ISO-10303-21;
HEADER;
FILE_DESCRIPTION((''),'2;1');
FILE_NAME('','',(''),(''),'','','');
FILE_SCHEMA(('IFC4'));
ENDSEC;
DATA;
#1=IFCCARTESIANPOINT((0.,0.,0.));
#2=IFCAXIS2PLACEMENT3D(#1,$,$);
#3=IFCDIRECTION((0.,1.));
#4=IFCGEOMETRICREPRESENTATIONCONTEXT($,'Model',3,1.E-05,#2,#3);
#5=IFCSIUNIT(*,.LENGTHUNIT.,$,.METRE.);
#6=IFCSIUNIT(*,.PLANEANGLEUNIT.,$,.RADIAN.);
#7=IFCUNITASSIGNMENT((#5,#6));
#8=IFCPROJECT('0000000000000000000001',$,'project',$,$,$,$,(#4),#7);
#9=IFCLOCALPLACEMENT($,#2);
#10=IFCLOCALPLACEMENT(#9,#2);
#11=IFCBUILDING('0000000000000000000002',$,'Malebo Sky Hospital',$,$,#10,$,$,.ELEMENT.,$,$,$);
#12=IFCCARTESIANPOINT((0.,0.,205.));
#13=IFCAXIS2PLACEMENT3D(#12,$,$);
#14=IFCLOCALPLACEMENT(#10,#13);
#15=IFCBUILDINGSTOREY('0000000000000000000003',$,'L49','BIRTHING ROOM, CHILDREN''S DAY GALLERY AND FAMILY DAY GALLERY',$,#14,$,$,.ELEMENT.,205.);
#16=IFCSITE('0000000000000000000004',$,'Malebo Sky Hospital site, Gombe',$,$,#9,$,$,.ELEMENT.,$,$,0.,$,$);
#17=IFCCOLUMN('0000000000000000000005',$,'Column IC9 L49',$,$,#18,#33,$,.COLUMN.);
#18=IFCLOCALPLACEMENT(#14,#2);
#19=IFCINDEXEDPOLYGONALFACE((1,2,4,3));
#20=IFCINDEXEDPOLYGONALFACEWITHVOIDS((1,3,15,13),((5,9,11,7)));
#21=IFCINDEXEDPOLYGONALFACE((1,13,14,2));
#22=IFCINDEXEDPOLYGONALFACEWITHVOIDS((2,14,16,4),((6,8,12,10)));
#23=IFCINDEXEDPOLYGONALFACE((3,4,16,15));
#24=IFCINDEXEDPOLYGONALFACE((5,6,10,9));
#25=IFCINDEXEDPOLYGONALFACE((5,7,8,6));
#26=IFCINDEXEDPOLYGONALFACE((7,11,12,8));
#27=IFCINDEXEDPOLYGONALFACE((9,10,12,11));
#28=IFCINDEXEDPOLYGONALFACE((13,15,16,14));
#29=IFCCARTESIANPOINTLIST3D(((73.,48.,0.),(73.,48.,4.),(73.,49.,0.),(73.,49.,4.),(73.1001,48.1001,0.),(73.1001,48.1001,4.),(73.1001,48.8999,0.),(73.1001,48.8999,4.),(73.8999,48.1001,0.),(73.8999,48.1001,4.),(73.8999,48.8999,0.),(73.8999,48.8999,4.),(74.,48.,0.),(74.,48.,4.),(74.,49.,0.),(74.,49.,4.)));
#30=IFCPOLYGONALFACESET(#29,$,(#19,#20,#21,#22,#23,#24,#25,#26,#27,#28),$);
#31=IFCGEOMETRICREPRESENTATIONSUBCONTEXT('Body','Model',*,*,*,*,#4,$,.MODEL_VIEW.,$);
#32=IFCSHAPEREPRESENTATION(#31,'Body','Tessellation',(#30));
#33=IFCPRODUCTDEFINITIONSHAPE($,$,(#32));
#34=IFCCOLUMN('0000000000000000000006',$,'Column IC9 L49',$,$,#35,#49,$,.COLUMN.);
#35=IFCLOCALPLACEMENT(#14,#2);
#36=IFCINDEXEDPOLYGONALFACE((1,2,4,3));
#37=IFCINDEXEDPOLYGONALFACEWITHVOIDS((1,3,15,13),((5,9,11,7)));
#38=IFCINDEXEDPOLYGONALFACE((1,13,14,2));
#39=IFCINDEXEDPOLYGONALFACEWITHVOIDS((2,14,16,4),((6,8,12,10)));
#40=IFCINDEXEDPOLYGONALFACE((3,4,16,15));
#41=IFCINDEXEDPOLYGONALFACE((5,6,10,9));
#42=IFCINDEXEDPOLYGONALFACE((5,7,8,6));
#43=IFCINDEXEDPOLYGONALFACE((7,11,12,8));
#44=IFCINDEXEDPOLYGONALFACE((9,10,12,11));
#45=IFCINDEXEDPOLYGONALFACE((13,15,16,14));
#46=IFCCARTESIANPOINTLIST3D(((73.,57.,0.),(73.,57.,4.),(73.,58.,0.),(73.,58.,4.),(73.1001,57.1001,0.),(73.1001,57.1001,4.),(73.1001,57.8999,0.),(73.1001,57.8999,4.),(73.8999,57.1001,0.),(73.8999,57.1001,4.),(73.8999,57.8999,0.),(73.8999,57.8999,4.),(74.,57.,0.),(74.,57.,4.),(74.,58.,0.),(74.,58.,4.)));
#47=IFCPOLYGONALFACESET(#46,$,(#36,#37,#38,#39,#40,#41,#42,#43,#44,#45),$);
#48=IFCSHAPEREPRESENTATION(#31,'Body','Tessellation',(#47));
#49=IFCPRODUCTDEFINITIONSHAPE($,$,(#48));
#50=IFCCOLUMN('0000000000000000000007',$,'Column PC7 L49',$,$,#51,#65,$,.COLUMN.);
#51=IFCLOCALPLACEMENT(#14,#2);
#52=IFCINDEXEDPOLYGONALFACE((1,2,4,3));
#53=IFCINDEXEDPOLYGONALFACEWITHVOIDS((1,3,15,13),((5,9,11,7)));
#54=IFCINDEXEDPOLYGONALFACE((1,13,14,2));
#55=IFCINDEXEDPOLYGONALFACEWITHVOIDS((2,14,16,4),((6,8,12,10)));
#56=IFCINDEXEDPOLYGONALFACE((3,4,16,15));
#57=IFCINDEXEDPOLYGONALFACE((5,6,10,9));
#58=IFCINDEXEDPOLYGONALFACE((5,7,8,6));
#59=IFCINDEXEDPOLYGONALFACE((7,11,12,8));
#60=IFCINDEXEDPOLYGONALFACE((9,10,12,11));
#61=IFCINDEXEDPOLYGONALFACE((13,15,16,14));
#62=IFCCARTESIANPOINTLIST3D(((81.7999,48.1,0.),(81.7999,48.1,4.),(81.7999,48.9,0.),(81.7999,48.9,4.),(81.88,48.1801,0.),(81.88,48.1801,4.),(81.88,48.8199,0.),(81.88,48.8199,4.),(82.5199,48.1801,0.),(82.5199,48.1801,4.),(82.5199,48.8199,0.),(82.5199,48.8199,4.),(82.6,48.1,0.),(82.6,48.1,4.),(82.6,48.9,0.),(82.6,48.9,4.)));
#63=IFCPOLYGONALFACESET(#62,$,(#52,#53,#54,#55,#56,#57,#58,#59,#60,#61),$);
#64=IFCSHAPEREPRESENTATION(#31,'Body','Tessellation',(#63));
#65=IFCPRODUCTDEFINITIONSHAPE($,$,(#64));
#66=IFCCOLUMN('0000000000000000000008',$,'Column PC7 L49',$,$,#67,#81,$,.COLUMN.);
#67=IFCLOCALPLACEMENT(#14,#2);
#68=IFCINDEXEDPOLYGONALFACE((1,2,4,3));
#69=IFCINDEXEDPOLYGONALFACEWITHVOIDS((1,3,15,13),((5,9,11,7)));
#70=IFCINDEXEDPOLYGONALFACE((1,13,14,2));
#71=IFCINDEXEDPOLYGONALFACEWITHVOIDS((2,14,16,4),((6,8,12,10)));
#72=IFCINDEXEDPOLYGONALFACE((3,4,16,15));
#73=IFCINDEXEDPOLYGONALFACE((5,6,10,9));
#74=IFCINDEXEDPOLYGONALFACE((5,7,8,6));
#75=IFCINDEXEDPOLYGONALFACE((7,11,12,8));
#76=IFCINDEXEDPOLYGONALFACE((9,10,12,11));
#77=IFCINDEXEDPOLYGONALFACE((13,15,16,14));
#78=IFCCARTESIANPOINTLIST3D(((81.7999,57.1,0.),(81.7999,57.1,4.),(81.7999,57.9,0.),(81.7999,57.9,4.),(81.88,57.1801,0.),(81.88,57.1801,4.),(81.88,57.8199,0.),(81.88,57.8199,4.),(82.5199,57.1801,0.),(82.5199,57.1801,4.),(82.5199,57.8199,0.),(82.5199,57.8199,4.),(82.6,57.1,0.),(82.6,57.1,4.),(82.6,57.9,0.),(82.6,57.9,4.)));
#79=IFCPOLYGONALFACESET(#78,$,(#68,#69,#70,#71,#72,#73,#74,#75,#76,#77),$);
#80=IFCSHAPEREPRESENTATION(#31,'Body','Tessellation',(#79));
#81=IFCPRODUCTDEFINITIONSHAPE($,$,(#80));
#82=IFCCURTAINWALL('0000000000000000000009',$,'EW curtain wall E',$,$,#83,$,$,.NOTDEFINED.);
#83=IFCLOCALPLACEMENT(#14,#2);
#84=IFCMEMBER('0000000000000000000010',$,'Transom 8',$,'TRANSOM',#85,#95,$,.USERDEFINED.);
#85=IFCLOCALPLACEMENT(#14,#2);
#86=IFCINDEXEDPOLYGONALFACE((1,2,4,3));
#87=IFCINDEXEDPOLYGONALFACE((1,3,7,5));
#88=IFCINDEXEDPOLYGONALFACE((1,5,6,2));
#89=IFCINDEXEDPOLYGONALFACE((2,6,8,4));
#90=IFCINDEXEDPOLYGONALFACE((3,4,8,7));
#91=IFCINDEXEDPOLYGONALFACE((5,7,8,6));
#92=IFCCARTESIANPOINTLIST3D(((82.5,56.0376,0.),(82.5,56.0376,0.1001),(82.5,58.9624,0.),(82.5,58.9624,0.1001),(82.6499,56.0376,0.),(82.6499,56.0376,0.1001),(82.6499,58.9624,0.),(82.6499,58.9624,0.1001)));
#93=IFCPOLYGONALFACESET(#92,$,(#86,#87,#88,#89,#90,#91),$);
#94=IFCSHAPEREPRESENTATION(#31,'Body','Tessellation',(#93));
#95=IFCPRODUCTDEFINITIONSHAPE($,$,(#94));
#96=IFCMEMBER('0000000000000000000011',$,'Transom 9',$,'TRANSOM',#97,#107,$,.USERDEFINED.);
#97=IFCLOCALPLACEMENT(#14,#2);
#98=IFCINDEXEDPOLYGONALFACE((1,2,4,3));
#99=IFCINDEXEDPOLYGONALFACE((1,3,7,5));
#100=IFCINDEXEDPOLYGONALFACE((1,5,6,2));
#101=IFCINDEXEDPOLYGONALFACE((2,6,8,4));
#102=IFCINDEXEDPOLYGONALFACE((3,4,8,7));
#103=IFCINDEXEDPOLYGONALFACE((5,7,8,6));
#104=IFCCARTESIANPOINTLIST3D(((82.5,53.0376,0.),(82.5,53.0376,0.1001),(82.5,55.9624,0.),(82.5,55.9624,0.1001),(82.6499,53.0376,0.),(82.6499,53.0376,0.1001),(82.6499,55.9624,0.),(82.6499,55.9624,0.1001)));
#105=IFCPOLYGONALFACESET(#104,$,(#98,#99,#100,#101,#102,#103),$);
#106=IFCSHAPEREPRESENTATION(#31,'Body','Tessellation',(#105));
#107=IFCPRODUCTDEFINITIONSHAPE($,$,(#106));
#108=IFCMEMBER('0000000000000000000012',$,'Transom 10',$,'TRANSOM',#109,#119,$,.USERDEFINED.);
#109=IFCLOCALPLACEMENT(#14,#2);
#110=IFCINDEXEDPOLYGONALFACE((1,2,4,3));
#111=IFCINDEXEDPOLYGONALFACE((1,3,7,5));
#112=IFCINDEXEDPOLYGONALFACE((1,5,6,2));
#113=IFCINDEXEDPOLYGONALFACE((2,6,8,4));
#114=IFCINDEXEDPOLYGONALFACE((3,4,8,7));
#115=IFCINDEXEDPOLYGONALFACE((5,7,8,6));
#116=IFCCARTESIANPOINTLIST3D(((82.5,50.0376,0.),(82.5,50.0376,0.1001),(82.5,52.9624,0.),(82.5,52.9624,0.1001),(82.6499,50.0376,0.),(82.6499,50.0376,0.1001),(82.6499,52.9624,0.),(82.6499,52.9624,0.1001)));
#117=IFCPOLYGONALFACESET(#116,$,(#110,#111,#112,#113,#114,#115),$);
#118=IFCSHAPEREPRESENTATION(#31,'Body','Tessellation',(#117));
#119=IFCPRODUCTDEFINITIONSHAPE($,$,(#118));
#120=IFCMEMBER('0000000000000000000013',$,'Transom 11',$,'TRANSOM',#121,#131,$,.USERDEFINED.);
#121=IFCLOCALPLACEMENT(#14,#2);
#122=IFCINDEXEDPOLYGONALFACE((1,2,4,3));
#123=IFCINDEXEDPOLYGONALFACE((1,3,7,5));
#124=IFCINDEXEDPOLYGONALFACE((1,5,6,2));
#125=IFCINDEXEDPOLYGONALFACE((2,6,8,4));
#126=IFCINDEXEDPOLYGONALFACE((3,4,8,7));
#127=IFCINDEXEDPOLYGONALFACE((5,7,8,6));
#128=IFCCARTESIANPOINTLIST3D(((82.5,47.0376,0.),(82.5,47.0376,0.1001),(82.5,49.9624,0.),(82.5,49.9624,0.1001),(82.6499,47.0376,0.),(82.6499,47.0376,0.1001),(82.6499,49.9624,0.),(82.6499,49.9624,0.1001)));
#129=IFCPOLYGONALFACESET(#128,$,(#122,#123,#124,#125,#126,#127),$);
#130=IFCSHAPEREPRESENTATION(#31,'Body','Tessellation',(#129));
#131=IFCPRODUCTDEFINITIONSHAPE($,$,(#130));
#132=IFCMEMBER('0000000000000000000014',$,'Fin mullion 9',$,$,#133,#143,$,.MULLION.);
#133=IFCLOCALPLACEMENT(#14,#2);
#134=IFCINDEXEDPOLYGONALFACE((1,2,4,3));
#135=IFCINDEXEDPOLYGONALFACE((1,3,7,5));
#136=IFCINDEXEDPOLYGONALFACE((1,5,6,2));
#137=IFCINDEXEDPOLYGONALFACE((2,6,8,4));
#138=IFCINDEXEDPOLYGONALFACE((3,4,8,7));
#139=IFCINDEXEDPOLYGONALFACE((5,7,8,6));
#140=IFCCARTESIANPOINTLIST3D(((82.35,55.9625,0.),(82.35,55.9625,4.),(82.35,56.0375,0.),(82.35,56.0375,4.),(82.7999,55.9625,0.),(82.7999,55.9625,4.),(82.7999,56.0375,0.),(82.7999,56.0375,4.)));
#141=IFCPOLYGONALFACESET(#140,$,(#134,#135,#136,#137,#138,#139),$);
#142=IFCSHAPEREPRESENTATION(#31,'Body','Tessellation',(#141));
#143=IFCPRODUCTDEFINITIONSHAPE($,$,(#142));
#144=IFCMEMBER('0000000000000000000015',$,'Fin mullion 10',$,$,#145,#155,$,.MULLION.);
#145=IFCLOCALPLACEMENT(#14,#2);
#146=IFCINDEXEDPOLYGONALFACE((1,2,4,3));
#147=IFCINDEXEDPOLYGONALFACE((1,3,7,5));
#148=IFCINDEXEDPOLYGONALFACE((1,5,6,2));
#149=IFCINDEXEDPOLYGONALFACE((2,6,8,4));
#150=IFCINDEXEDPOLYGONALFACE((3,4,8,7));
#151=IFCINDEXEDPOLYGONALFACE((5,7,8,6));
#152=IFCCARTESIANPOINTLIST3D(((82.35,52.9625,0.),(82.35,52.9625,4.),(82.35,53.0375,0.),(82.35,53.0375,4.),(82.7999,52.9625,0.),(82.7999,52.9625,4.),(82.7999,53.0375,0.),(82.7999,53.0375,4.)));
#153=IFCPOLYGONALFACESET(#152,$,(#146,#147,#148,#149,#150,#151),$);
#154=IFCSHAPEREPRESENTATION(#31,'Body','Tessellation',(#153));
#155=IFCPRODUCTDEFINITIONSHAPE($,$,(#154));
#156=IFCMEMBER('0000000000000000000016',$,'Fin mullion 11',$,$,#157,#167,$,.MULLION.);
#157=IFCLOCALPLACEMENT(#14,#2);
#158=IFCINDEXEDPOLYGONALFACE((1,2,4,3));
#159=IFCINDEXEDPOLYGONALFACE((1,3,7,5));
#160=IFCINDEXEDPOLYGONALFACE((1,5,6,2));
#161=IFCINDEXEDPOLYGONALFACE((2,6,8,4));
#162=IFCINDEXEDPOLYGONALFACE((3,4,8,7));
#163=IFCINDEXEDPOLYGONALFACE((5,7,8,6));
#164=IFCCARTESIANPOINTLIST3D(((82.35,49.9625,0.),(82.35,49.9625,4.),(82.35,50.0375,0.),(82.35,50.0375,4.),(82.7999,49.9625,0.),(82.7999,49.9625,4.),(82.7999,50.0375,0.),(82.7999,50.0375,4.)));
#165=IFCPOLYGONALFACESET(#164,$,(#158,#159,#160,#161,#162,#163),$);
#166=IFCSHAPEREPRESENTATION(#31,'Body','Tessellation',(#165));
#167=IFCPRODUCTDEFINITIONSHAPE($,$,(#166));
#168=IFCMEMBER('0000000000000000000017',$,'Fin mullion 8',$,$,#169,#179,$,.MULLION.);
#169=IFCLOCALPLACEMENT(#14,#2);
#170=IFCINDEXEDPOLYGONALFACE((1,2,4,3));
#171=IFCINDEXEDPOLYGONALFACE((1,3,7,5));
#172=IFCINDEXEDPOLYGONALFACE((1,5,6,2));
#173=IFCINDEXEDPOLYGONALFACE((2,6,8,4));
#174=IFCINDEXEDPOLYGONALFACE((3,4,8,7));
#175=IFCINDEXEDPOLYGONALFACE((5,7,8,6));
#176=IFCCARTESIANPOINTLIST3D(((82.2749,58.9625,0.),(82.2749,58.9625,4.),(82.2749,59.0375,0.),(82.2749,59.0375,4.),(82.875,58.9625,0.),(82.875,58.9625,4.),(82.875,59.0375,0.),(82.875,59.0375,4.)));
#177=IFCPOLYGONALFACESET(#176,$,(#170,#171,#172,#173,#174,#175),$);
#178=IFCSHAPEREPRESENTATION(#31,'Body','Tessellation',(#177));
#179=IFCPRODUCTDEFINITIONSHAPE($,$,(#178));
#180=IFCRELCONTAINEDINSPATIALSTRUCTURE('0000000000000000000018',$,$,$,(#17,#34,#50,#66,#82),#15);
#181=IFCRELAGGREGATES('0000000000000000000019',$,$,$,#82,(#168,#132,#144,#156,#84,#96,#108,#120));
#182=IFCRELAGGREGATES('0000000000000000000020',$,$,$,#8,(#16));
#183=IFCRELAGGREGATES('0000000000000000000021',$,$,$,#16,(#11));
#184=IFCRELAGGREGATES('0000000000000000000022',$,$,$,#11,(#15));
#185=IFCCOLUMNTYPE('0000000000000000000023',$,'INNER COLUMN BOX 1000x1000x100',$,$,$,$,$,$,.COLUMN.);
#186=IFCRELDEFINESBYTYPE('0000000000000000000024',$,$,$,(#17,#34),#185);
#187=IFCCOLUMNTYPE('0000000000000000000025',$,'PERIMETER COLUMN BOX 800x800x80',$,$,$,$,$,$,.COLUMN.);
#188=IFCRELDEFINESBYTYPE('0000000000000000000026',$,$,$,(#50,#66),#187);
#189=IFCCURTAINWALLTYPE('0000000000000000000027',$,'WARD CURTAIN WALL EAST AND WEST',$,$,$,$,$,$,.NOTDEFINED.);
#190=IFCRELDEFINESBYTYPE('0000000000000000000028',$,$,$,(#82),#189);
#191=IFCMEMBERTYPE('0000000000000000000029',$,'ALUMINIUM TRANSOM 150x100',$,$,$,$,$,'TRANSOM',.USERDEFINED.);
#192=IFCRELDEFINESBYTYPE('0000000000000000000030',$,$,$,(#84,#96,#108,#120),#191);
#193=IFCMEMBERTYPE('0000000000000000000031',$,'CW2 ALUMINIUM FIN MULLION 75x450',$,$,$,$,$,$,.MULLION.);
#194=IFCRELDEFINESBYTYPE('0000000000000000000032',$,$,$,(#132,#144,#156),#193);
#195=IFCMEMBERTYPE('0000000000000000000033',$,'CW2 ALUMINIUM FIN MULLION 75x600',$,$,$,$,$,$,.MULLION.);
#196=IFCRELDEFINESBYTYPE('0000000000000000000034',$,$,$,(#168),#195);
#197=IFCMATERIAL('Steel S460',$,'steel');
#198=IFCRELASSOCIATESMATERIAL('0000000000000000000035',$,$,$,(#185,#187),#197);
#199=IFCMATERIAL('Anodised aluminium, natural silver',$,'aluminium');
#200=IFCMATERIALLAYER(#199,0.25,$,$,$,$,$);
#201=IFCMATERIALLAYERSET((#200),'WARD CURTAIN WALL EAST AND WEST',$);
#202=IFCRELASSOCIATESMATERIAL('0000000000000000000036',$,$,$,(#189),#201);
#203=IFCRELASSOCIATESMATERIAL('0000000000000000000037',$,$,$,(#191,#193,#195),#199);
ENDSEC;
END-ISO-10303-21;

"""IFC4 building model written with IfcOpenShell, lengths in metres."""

from ifc_helpers import new_model, si_unit, direction, frame, origin, origin_2d, place, context, subcontext, project, spatial, rectangle, hollow_rectangle, extrude, material, layer, layer_set, material_profile, profile_set, type_object, element, aggregate, save


model = new_model("IFC4")

# Units and contexts
model_context = context("Model", 3, precision=1e-05, world=origin(), true_north=direction((0.0, 1.0)))
body_context = subcontext(model_context, "Body", "Model", "MODEL_VIEW")
ifc_project = project(units=[si_unit("LENGTHUNIT", "METRE"), si_unit("PLANEANGLEUNIT", "RADIAN")], contexts=[model_context])

# Site, building, storey
site_placement = place(None, origin())
site = spatial("IfcSite", under=ifc_project, at=site_placement, Name="Malebo Sky Hospital site, Gombe", CompositionType="ELEMENT", RefElevation=0.0)
building_placement = place(site_placement, origin())
building = spatial("IfcBuilding", under=site, at=building_placement, Name="Malebo Sky Hospital", CompositionType="ELEMENT")
storey_placement = place(building_placement, frame((0.0, 0.0, 205.0)))
storey = spatial("IfcBuildingStorey", under=building, at=storey_placement, Name="L49", Description="BIRTHING ROOM, CHILDREN'S DAY GALLERY AND FAMILY DAY GALLERY", CompositionType="ELEMENT", Elevation=205.0)

# Columns
ifc_material_1 = material(Name="Steel S460", Category="steel")
ifc_material_profile_1 = material_profile(ifc_material_1, hollow_rectangle(XDim=1.0, YDim=1.0, WallThickness=0.1001, at=origin_2d()), Name="BOX 1000x1000x100")
ifc_profile_set_1 = profile_set([ifc_material_profile_1], Name="Steel S460")
column_type_1 = type_object("IfcColumnType", Name="INNER COLUMN BOX 1000x1000x100", PredefinedType="COLUMN", material=ifc_profile_set_1)
for number, where, z_axis, x_axis, name in (
    (1, (73.5, 48.5, 0.0), (0.0, 0.0, 1.0), (1.0, 0.0, 0.0), "Column IC9 L49"),
    (2, (73.5, 57.5, 0.0), (0.0, 0.0, 1.0), (1.0, 0.0, 0.0), "Column IC9 L49"),
):
    element("IfcColumn", number, at=place(storey_placement, frame(where, z_axis=z_axis, x_axis=x_axis)), inside=storey, type_object=column_type_1, Name=name, PredefinedType="COLUMN", context=body_context, shape_type="SweptSolid", body=[
        extrude(hollow_rectangle(XDim=1.0, YDim=1.0, WallThickness=0.1001, at=origin_2d()), origin(), (0.0, 0.0, 1.0), 4.0),
    ])
ifc_material_profile_2 = material_profile(ifc_material_1, hollow_rectangle(XDim=0.8, YDim=0.8, WallThickness=0.0801, at=origin_2d()), Name="BOX 800x800x80")
ifc_profile_set_2 = profile_set([ifc_material_profile_2], Name="Steel S460")
column_type_2 = type_object("IfcColumnType", Name="PERIMETER COLUMN BOX 800x800x80", PredefinedType="COLUMN", material=ifc_profile_set_2)
for number, where, z_axis, x_axis, name in (
    (3, (82.2, 48.5, 0.0), (0.0, 0.0, 1.0), (1.0, 0.0, 0.0), "Column PC7 L49"),
    (4, (82.2, 57.5, 0.0), (0.0, 0.0, 1.0), (1.0, 0.0, 0.0), "Column PC7 L49"),
):
    element("IfcColumn", number, at=place(storey_placement, frame(where, z_axis=z_axis, x_axis=x_axis)), inside=storey, type_object=column_type_2, Name=name, PredefinedType="COLUMN", context=body_context, shape_type="SweptSolid", body=[
        extrude(hollow_rectangle(XDim=0.8, YDim=0.8, WallThickness=0.0801, at=origin_2d()), origin(), (0.0, 0.0, 1.0), 4.0),
    ])

# Curtain wall, members
ifc_material_2 = material(Name="Anodised aluminium, natural silver", Category="aluminium")
ifc_layer_1 = layer(ifc_material_2, 0.25)
ifc_layer_set_1 = layer_set([ifc_layer_1], Name="WARD CURTAIN WALL EAST AND WEST")
curtain_wall_type = type_object("IfcCurtainWallType", Name="WARD CURTAIN WALL EAST AND WEST", PredefinedType="NOTDEFINED", material=ifc_layer_set_1)
curtain_wall_placement = place(storey_placement, origin())
curtain_wall = element("IfcCurtainWall", 5, at=curtain_wall_placement, inside=storey, type_object=curtain_wall_type, Name="EW curtain wall E", PredefinedType="NOTDEFINED")
ifc_material_profile_3 = material_profile(ifc_material_2, rectangle(XDim=0.1499, YDim=0.1001, at=origin_2d()), Name="ALUMINIUM TRANSOM 150x100")
ifc_profile_set_3 = profile_set([ifc_material_profile_3], Name="Anodised aluminium, natural silver")
member_type_1 = type_object("IfcMemberType", Name="ALUMINIUM TRANSOM 150x100", ElementType="TRANSOM", PredefinedType="USERDEFINED", material=ifc_profile_set_3)
member_1_placement = place(storey_placement, frame((82.575, 58.9624, 0.05), z_axis=(0.0, -1.0, 0.0), x_axis=(1.0, 0.0, 0.0)))
member_1 = element("IfcMember", 6, at=member_1_placement, type_object=member_type_1, Name="Transom 8", ObjectType="TRANSOM", PredefinedType="USERDEFINED", context=body_context, shape_type="SweptSolid", body=[
    extrude(rectangle(XDim=0.1499, YDim=0.1001, at=origin_2d()), origin(), (0.0, 0.0, 1.0), 2.9248),
])
member_2_placement = place(storey_placement, frame((82.575, 55.9624, 0.05), z_axis=(0.0, -1.0, 0.0), x_axis=(1.0, 0.0, 0.0)))
member_2 = element("IfcMember", 7, at=member_2_placement, type_object=member_type_1, Name="Transom 9", ObjectType="TRANSOM", PredefinedType="USERDEFINED", context=body_context, shape_type="SweptSolid", body=[
    extrude(rectangle(XDim=0.1499, YDim=0.1001, at=origin_2d()), origin(), (0.0, 0.0, 1.0), 2.9248),
])
member_3_placement = place(storey_placement, frame((82.575, 52.9624, 0.05), z_axis=(0.0, -1.0, 0.0), x_axis=(1.0, 0.0, 0.0)))
member_3 = element("IfcMember", 8, at=member_3_placement, type_object=member_type_1, Name="Transom 10", ObjectType="TRANSOM", PredefinedType="USERDEFINED", context=body_context, shape_type="SweptSolid", body=[
    extrude(rectangle(XDim=0.1499, YDim=0.1001, at=origin_2d()), origin(), (0.0, 0.0, 1.0), 2.9248),
])
member_4_placement = place(storey_placement, frame((82.575, 49.9624, 0.05), z_axis=(0.0, -1.0, 0.0), x_axis=(1.0, 0.0, 0.0)))
member_4 = element("IfcMember", 9, at=member_4_placement, type_object=member_type_1, Name="Transom 11", ObjectType="TRANSOM", PredefinedType="USERDEFINED", context=body_context, shape_type="SweptSolid", body=[
    extrude(rectangle(XDim=0.1499, YDim=0.1001, at=origin_2d()), origin(), (0.0, 0.0, 1.0), 2.9248),
])
ifc_material_profile_4 = material_profile(ifc_material_2, rectangle(XDim=0.075, YDim=0.45, at=origin_2d()), Name="CW2 ALUMINIUM FIN MULLION 75x450")
ifc_profile_set_4 = profile_set([ifc_material_profile_4], Name="Anodised aluminium, natural silver")
member_type_2 = type_object("IfcMemberType", Name="CW2 ALUMINIUM FIN MULLION 75x450", PredefinedType="MULLION", material=ifc_profile_set_4)
member_5_placement = place(storey_placement, frame((82.575, 56.0, 0.0), z_axis=(0.0, 0.0, 1.0), x_axis=(0.0, -1.0, 0.0)))
member_5 = element("IfcMember", 10, at=member_5_placement, type_object=member_type_2, Name="Fin mullion 9", PredefinedType="MULLION", context=body_context, shape_type="SweptSolid", body=[
    extrude(rectangle(XDim=0.075, YDim=0.45, at=origin_2d()), origin(), (0.0, 0.0, 1.0), 4.0),
])
member_6_placement = place(storey_placement, frame((82.575, 53.0, 0.0), z_axis=(0.0, 0.0, 1.0), x_axis=(0.0, -1.0, 0.0)))
member_6 = element("IfcMember", 11, at=member_6_placement, type_object=member_type_2, Name="Fin mullion 10", PredefinedType="MULLION", context=body_context, shape_type="SweptSolid", body=[
    extrude(rectangle(XDim=0.075, YDim=0.45, at=origin_2d()), origin(), (0.0, 0.0, 1.0), 4.0),
])
member_7_placement = place(storey_placement, frame((82.575, 50.0, 0.0), z_axis=(0.0, 0.0, 1.0), x_axis=(0.0, -1.0, 0.0)))
member_7 = element("IfcMember", 12, at=member_7_placement, type_object=member_type_2, Name="Fin mullion 11", PredefinedType="MULLION", context=body_context, shape_type="SweptSolid", body=[
    extrude(rectangle(XDim=0.075, YDim=0.45, at=origin_2d()), origin(), (0.0, 0.0, 1.0), 4.0),
])
ifc_material_profile_5 = material_profile(ifc_material_2, rectangle(XDim=0.075, YDim=0.6001, at=origin_2d()), Name="CW2 ALUMINIUM FIN MULLION 75x600")
ifc_profile_set_5 = profile_set([ifc_material_profile_5], Name="Anodised aluminium, natural silver")
member_type_3 = type_object("IfcMemberType", Name="CW2 ALUMINIUM FIN MULLION 75x600", PredefinedType="MULLION", material=ifc_profile_set_5)
member_8_placement = place(storey_placement, frame((82.575, 59.0, 0.0), z_axis=(0.0, 0.0, 1.0), x_axis=(0.0, -1.0, 0.0)))
member_8 = element("IfcMember", 13, at=member_8_placement, type_object=member_type_3, Name="Fin mullion 8", PredefinedType="MULLION", context=body_context, shape_type="SweptSolid", body=[
    extrude(rectangle(XDim=0.075, YDim=0.6001, at=origin_2d()), origin(), (0.0, 0.0, 1.0), 4.0),
])

aggregate(curtain_wall, [member_8, member_5, member_6, member_7, member_1, member_2, member_3, member_4])

save(model, "model.ifc")
